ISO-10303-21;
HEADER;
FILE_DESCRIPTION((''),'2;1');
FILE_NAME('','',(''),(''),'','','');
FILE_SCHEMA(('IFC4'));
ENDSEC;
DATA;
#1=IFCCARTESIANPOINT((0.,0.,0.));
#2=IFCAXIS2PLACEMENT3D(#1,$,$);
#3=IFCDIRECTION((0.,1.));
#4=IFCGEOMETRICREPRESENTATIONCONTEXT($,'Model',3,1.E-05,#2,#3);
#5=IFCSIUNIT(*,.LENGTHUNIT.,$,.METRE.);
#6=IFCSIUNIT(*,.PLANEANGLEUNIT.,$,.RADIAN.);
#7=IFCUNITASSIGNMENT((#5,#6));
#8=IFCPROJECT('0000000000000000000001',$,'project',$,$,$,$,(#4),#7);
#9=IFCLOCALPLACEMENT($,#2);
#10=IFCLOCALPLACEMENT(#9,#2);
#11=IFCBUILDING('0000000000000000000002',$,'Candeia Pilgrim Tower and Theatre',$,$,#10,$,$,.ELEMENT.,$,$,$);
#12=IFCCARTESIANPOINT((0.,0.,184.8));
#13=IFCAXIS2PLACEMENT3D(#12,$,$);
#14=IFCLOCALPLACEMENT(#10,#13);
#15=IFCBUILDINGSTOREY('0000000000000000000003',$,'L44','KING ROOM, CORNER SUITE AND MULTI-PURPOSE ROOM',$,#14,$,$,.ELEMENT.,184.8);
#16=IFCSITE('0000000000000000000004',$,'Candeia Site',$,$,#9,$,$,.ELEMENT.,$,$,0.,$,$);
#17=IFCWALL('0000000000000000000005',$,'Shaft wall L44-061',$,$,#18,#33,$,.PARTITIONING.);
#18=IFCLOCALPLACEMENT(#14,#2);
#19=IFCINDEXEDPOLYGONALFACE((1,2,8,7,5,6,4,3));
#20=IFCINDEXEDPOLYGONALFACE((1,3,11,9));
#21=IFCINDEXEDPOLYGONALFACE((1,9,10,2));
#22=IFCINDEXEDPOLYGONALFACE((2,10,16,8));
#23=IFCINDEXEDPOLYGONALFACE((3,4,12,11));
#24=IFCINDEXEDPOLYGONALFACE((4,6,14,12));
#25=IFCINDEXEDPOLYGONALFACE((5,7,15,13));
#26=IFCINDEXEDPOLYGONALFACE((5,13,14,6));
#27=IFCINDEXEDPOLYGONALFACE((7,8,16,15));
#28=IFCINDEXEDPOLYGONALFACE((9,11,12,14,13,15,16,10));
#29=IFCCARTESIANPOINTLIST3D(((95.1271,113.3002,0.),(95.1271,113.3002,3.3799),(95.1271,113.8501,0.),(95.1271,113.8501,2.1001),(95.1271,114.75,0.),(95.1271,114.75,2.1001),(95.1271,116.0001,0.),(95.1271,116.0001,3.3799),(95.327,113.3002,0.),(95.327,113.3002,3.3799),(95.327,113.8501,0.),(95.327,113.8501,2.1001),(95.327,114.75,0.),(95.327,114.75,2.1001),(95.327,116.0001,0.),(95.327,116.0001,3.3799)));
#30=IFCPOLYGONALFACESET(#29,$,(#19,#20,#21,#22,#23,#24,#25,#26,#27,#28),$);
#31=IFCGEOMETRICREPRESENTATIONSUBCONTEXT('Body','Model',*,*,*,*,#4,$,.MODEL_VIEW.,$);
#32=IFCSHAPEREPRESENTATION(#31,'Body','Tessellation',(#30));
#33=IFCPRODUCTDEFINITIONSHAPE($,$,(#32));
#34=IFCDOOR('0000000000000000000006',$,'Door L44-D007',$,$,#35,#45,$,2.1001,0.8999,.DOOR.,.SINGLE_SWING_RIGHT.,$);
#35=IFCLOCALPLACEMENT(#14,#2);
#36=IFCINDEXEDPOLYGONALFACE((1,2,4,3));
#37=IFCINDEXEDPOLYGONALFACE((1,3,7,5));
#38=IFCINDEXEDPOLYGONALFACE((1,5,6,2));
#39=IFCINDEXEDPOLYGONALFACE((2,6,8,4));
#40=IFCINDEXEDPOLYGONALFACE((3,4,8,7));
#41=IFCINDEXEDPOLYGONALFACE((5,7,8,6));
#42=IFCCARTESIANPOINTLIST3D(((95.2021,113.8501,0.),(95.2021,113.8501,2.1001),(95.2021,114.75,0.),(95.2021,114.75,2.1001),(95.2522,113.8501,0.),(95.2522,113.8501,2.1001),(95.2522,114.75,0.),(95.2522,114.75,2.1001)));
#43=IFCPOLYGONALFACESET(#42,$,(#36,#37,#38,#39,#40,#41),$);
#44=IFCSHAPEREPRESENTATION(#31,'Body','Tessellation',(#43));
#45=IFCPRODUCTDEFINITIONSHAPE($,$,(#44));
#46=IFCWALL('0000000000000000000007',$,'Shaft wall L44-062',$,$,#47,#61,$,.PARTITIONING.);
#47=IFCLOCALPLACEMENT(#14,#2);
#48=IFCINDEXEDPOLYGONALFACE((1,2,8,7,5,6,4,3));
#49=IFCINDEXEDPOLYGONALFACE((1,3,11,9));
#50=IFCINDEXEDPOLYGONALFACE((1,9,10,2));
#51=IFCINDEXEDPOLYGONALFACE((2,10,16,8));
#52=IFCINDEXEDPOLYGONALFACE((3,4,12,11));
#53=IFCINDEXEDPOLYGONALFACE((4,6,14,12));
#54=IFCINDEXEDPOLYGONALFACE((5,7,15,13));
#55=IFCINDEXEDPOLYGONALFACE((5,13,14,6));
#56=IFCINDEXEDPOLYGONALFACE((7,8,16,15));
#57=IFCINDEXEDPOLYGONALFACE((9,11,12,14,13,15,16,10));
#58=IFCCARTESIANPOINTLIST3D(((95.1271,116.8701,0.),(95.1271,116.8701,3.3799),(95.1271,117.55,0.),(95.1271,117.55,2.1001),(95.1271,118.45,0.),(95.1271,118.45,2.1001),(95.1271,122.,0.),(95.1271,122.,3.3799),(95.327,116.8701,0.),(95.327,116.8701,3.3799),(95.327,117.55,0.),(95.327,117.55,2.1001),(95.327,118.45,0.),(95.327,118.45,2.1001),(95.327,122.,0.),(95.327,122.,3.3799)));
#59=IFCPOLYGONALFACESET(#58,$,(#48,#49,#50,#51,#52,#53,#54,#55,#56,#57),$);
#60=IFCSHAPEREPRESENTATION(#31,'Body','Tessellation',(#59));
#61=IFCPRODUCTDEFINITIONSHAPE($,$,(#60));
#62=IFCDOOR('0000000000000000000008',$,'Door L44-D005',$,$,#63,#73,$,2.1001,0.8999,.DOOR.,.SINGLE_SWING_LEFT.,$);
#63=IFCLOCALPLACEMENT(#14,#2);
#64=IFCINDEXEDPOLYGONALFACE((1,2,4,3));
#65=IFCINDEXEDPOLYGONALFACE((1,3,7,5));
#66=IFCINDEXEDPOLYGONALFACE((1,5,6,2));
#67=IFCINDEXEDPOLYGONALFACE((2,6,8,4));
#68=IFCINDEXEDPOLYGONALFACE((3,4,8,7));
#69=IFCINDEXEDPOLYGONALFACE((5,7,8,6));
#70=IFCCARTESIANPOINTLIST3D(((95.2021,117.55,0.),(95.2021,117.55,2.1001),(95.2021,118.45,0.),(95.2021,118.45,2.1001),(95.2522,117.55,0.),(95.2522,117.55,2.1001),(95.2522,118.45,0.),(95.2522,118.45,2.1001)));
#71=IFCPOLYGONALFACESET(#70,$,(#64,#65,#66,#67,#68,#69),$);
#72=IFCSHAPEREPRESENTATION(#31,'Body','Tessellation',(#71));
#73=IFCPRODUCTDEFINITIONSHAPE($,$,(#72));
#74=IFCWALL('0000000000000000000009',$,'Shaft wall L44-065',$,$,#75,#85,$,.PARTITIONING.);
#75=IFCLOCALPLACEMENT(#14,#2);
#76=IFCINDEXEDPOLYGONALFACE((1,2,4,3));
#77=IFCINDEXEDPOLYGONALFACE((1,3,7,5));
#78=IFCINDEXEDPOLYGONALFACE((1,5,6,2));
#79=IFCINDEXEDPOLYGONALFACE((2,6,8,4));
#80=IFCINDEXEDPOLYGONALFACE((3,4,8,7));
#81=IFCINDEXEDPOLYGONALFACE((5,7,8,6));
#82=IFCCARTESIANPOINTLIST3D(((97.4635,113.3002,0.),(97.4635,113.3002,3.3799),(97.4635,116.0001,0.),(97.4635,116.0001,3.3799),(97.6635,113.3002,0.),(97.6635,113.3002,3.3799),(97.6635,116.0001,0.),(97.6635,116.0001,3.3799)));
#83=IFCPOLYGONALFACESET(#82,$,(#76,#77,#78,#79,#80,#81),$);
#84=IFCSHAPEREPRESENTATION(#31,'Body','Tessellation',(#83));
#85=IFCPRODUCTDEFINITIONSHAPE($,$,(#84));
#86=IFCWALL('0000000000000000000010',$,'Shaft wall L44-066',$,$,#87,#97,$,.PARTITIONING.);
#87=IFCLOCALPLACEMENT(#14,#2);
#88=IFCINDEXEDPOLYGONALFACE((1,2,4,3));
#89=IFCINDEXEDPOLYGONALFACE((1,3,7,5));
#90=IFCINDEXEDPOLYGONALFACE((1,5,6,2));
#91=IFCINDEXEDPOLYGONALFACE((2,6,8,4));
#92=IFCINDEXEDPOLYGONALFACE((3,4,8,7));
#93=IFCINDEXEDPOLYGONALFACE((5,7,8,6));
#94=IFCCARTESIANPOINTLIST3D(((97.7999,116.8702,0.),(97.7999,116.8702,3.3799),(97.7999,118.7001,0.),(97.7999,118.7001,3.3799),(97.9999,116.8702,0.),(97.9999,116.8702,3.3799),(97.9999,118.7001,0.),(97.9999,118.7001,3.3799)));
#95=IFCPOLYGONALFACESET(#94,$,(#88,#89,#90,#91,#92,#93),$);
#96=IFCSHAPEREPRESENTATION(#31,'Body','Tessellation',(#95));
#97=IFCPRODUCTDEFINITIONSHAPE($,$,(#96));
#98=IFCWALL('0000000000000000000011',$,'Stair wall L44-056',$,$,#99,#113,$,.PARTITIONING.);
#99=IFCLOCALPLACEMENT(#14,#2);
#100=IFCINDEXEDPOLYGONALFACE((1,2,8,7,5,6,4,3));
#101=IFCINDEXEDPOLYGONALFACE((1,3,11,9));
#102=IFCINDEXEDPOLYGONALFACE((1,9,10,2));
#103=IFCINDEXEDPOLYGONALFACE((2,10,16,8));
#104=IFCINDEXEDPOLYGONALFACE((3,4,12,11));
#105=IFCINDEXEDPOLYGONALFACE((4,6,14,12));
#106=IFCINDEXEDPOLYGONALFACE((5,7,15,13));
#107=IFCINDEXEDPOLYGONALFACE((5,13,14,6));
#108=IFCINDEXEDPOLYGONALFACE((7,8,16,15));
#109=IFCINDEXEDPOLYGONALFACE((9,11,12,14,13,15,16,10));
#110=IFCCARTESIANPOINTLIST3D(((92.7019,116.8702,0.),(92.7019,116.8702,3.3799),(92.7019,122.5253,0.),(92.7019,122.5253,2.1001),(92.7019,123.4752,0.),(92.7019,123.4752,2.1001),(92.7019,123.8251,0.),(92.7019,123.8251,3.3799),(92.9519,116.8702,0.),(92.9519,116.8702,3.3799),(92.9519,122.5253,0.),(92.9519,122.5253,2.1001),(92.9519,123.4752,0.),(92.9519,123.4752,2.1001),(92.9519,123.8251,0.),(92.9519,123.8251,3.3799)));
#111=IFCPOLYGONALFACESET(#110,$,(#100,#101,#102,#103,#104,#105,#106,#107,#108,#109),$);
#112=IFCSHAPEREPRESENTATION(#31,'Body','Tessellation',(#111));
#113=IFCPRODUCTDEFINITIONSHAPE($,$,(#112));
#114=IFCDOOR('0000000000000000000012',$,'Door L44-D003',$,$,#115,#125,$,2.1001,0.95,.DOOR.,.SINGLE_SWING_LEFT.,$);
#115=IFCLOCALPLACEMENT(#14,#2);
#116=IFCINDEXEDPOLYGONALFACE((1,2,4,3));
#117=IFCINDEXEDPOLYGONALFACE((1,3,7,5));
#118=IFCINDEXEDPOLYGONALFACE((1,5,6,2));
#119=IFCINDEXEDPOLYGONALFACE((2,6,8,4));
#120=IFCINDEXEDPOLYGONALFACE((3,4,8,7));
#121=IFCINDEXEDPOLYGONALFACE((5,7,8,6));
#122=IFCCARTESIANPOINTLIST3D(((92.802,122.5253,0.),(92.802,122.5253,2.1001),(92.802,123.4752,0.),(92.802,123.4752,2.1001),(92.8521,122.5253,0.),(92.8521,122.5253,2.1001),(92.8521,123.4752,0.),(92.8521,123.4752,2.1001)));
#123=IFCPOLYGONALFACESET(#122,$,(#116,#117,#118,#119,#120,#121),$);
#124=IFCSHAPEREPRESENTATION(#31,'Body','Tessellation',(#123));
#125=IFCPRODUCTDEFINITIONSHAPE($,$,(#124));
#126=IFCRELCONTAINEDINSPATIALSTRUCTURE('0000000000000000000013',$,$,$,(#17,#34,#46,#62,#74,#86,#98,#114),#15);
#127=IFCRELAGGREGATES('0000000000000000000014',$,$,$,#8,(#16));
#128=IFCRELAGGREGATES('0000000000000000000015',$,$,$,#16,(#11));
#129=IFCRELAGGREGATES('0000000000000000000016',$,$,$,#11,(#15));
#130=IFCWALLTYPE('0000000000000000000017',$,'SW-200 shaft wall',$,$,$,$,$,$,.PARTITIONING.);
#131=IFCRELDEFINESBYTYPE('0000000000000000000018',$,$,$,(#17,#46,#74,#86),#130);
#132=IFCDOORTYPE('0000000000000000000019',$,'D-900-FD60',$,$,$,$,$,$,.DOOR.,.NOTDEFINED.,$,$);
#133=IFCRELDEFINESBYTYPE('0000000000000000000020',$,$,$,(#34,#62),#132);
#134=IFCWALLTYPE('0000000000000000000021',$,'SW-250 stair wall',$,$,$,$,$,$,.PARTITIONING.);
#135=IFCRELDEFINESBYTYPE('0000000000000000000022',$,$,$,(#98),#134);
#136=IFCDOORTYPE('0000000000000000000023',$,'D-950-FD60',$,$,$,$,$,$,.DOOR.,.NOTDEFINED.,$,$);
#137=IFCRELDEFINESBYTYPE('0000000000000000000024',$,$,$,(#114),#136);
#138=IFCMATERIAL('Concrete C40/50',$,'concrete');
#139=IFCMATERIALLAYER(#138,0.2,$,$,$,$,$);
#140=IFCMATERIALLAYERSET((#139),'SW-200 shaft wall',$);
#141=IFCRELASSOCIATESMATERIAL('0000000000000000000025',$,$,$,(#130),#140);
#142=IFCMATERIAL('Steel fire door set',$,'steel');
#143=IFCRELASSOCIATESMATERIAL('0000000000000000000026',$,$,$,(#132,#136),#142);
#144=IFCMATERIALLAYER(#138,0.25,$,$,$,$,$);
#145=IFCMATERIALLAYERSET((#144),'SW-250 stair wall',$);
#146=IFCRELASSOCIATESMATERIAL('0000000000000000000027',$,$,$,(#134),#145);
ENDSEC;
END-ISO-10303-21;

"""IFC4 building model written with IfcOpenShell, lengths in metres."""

from ifc_helpers import new_model, si_unit, direction, frame, frame_2d, origin, place, context, subcontext, project, spatial, rectangle, extrude, material, layer, layer_set, type_object, element, fill, save


model = new_model("IFC4")

# Units and contexts
model_context = context("Model", 3, precision=1e-05, world=origin(), true_north=direction((0.0, 1.0)))
body_context = subcontext(model_context, "Body", "Model", "MODEL_VIEW")
ifc_project = project(units=[si_unit("LENGTHUNIT", "METRE"), si_unit("PLANEANGLEUNIT", "RADIAN")], contexts=[model_context])

# Site, building, storey
site_placement = place(None, origin())
site = spatial("IfcSite", under=ifc_project, at=site_placement, Name="Candeia Site", CompositionType="ELEMENT", RefElevation=0.0)
building_placement = place(site_placement, origin())
building = spatial("IfcBuilding", under=site, at=building_placement, Name="Candeia Pilgrim Tower and Theatre", CompositionType="ELEMENT")
storey_placement = place(building_placement, frame((0.0, 0.0, 184.8)))
storey = spatial("IfcBuildingStorey", under=building, at=storey_placement, Name="L44", Description="KING ROOM, CORNER SUITE AND MULTI-PURPOSE ROOM", CompositionType="ELEMENT", Elevation=184.8)

# Shared definitions
ifc_material_1 = material(Name="Steel fire door set", Category="steel")

# Shared definitions
ifc_material_2 = material(Name="Concrete C40/50", Category="concrete")
ifc_layer_1 = layer(ifc_material_2, 0.2)
ifc_layer_set_1 = layer_set([ifc_layer_1], Name="SW-200 shaft wall")
wall_type_1 = type_object("IfcWallType", Name="SW-200 shaft wall", PredefinedType="PARTITIONING", material=ifc_layer_set_1)

# Walls, openings, doors
wall_1_placement = place(storey_placement, frame((95.2271, 113.3, 0.0), z_axis=(0.0, 0.0, 1.0), x_axis=(0.0, 1.0, 0.0)))
wall_1 = element("IfcWall", 1, at=wall_1_placement, inside=storey, type_object=wall_type_1, Name="Shaft wall L44-061", PredefinedType="PARTITIONING", context=body_context, shape_type="SweptSolid", body=[
    extrude(rectangle(XDim=2.7, YDim=0.2, at=frame_2d((1.3501, 0.0))), origin(), (0.0, 0.0, 1.0), 3.3799),
])
opening_1_placement = place(wall_1_placement, frame((0.55, 0.0, 0.0)))
opening_1 = element("IfcOpeningElement", 2, at=opening_1_placement, cuts=wall_1, PredefinedType="OPENING", context=body_context, shape_type="SweptSolid", body=[
    extrude(rectangle(XDim=0.8999, YDim=2.1001, at=frame_2d((0.45, 1.05))), frame((0.0, 0.1099, 0.0), z_axis=(0.0, -1.0, 0.0), x_axis=(1.0, 0.0, 0.0)), (0.0, 0.0, 1.0), 0.22),
])
door_type_1 = type_object("IfcDoorType", Name="D-900-FD60", OperationType="NOTDEFINED", PredefinedType="DOOR", material=ifc_material_1)
door_1_placement = place(opening_1_placement, origin())
door_1 = element("IfcDoor", 3, at=door_1_placement, inside=storey, type_object=door_type_1, Name="Door L44-D007", OperationType="SINGLE_SWING_RIGHT", OverallHeight=2.1001, OverallWidth=0.8999, PredefinedType="DOOR", context=body_context, shape_type="SweptSolid", body=[
    extrude(rectangle(XDim=0.8999, YDim=2.1001, at=frame_2d((0.45, 1.05))), frame((0.0, 0.0249, 0.0), z_axis=(0.0, -1.0, 0.0), x_axis=(1.0, 0.0, 0.0)), (0.0, 0.0, 1.0), 0.05),
])
fill(opening_1, door_1)
wall_2_placement = place(storey_placement, frame((95.2271, 116.8701, 0.0), z_axis=(0.0, 0.0, 1.0), x_axis=(0.0, 1.0, 0.0)))
wall_2 = element("IfcWall", 4, at=wall_2_placement, inside=storey, type_object=wall_type_1, Name="Shaft wall L44-062", PredefinedType="PARTITIONING", context=body_context, shape_type="SweptSolid", body=[
    extrude(rectangle(XDim=5.1299, YDim=0.2, at=frame_2d((2.5649, 0.0))), origin(), (0.0, 0.0, 1.0), 3.3799),
])
opening_2_placement = place(wall_2_placement, frame((0.6799, 0.0, 0.0)))
opening_2 = element("IfcOpeningElement", 5, at=opening_2_placement, cuts=wall_2, PredefinedType="OPENING", context=body_context, shape_type="SweptSolid", body=[
    extrude(rectangle(XDim=0.8999, YDim=2.1001, at=frame_2d((0.45, 1.05))), frame((0.0, 0.1099, 0.0), z_axis=(0.0, -1.0, 0.0), x_axis=(1.0, 0.0, 0.0)), (0.0, 0.0, 1.0), 0.22),
])
door_2_placement = place(opening_2_placement, origin())
door_2 = element("IfcDoor", 6, at=door_2_placement, inside=storey, type_object=door_type_1, Name="Door L44-D005", OperationType="SINGLE_SWING_LEFT", OverallHeight=2.1001, OverallWidth=0.8999, PredefinedType="DOOR", context=body_context, shape_type="SweptSolid", body=[
    extrude(rectangle(XDim=0.8999, YDim=2.1001, at=frame_2d((0.45, 1.05))), frame((0.0, 0.0249, 0.0), z_axis=(0.0, -1.0, 0.0), x_axis=(1.0, 0.0, 0.0)), (0.0, 0.0, 1.0), 0.05),
])
fill(opening_2, door_2)

# Walls
wall_3_placement = place(storey_placement, frame((97.5635, 113.3, 0.0), z_axis=(0.0, 0.0, 1.0), x_axis=(0.0, 1.0, 0.0)))
element("IfcWall", 7, at=wall_3_placement, inside=storey, type_object=wall_type_1, Name="Shaft wall L44-065", PredefinedType="PARTITIONING", context=body_context, shape_type="SweptSolid", body=[
    extrude(rectangle(XDim=2.7, YDim=0.2, at=frame_2d((1.3501, 0.0))), origin(), (0.0, 0.0, 1.0), 3.3799),
])
wall_4_placement = place(storey_placement, frame((97.8999, 116.8701, 0.0), z_axis=(0.0, 0.0, 1.0), x_axis=(0.0, 1.0, 0.0)))
element("IfcWall", 8, at=wall_4_placement, inside=storey, type_object=wall_type_1, Name="Shaft wall L44-066", PredefinedType="PARTITIONING", context=body_context, shape_type="SweptSolid", body=[
    extrude(rectangle(XDim=1.8298, YDim=0.2, at=frame_2d((0.915, 0.0))), origin(), (0.0, 0.0, 1.0), 3.3799),
])

# Wall, opening, door
ifc_layer_2 = layer(ifc_material_2, 0.25)
ifc_layer_set_2 = layer_set([ifc_layer_2], Name="SW-250 stair wall")
wall_type_2 = type_object("IfcWallType", Name="SW-250 stair wall", PredefinedType="PARTITIONING", material=ifc_layer_set_2)
wall_5_placement = place(storey_placement, frame((92.8269, 116.8701, 0.0), z_axis=(0.0, 0.0, 1.0), x_axis=(0.0, 1.0, 0.0)))
wall_5 = element("IfcWall", 9, at=wall_5_placement, inside=storey, type_object=wall_type_2, Name="Stair wall L44-056", PredefinedType="PARTITIONING", context=body_context, shape_type="SweptSolid", body=[
    extrude(rectangle(XDim=6.9548, YDim=0.25, at=frame_2d((3.4775, 0.0))), origin(), (0.0, 0.0, 1.0), 3.3799),
])
opening_3_placement = place(wall_5_placement, frame((5.655, 0.0, 0.0)))
opening_3 = element("IfcOpeningElement", 10, at=opening_3_placement, cuts=wall_5, PredefinedType="OPENING", context=body_context, shape_type="SweptSolid", body=[
    extrude(rectangle(XDim=0.95, YDim=2.1001, at=frame_2d((0.4751, 1.05))), frame((0.0, 0.135, 0.0), z_axis=(0.0, -1.0, 0.0), x_axis=(1.0, 0.0, 0.0)), (0.0, 0.0, 1.0), 0.27),
])
door_type_2 = type_object("IfcDoorType", Name="D-950-FD60", OperationType="NOTDEFINED", PredefinedType="DOOR", material=ifc_material_1)
door_3_placement = place(opening_3_placement, origin())
door_3 = element("IfcDoor", 11, at=door_3_placement, inside=storey, type_object=door_type_2, Name="Door L44-D003", OperationType="SINGLE_SWING_LEFT", OverallHeight=2.1001, OverallWidth=0.95, PredefinedType="DOOR", context=body_context, shape_type="SweptSolid", body=[
    extrude(rectangle(XDim=0.95, YDim=2.1001, at=frame_2d((0.4751, 1.05))), frame((0.0, 0.0249, 0.0), z_axis=(0.0, -1.0, 0.0), x_axis=(1.0, 0.0, 0.0)), (0.0, 0.0, 1.0), 0.05),
])
fill(opening_3, door_3)

save(model, "model.ifc")
